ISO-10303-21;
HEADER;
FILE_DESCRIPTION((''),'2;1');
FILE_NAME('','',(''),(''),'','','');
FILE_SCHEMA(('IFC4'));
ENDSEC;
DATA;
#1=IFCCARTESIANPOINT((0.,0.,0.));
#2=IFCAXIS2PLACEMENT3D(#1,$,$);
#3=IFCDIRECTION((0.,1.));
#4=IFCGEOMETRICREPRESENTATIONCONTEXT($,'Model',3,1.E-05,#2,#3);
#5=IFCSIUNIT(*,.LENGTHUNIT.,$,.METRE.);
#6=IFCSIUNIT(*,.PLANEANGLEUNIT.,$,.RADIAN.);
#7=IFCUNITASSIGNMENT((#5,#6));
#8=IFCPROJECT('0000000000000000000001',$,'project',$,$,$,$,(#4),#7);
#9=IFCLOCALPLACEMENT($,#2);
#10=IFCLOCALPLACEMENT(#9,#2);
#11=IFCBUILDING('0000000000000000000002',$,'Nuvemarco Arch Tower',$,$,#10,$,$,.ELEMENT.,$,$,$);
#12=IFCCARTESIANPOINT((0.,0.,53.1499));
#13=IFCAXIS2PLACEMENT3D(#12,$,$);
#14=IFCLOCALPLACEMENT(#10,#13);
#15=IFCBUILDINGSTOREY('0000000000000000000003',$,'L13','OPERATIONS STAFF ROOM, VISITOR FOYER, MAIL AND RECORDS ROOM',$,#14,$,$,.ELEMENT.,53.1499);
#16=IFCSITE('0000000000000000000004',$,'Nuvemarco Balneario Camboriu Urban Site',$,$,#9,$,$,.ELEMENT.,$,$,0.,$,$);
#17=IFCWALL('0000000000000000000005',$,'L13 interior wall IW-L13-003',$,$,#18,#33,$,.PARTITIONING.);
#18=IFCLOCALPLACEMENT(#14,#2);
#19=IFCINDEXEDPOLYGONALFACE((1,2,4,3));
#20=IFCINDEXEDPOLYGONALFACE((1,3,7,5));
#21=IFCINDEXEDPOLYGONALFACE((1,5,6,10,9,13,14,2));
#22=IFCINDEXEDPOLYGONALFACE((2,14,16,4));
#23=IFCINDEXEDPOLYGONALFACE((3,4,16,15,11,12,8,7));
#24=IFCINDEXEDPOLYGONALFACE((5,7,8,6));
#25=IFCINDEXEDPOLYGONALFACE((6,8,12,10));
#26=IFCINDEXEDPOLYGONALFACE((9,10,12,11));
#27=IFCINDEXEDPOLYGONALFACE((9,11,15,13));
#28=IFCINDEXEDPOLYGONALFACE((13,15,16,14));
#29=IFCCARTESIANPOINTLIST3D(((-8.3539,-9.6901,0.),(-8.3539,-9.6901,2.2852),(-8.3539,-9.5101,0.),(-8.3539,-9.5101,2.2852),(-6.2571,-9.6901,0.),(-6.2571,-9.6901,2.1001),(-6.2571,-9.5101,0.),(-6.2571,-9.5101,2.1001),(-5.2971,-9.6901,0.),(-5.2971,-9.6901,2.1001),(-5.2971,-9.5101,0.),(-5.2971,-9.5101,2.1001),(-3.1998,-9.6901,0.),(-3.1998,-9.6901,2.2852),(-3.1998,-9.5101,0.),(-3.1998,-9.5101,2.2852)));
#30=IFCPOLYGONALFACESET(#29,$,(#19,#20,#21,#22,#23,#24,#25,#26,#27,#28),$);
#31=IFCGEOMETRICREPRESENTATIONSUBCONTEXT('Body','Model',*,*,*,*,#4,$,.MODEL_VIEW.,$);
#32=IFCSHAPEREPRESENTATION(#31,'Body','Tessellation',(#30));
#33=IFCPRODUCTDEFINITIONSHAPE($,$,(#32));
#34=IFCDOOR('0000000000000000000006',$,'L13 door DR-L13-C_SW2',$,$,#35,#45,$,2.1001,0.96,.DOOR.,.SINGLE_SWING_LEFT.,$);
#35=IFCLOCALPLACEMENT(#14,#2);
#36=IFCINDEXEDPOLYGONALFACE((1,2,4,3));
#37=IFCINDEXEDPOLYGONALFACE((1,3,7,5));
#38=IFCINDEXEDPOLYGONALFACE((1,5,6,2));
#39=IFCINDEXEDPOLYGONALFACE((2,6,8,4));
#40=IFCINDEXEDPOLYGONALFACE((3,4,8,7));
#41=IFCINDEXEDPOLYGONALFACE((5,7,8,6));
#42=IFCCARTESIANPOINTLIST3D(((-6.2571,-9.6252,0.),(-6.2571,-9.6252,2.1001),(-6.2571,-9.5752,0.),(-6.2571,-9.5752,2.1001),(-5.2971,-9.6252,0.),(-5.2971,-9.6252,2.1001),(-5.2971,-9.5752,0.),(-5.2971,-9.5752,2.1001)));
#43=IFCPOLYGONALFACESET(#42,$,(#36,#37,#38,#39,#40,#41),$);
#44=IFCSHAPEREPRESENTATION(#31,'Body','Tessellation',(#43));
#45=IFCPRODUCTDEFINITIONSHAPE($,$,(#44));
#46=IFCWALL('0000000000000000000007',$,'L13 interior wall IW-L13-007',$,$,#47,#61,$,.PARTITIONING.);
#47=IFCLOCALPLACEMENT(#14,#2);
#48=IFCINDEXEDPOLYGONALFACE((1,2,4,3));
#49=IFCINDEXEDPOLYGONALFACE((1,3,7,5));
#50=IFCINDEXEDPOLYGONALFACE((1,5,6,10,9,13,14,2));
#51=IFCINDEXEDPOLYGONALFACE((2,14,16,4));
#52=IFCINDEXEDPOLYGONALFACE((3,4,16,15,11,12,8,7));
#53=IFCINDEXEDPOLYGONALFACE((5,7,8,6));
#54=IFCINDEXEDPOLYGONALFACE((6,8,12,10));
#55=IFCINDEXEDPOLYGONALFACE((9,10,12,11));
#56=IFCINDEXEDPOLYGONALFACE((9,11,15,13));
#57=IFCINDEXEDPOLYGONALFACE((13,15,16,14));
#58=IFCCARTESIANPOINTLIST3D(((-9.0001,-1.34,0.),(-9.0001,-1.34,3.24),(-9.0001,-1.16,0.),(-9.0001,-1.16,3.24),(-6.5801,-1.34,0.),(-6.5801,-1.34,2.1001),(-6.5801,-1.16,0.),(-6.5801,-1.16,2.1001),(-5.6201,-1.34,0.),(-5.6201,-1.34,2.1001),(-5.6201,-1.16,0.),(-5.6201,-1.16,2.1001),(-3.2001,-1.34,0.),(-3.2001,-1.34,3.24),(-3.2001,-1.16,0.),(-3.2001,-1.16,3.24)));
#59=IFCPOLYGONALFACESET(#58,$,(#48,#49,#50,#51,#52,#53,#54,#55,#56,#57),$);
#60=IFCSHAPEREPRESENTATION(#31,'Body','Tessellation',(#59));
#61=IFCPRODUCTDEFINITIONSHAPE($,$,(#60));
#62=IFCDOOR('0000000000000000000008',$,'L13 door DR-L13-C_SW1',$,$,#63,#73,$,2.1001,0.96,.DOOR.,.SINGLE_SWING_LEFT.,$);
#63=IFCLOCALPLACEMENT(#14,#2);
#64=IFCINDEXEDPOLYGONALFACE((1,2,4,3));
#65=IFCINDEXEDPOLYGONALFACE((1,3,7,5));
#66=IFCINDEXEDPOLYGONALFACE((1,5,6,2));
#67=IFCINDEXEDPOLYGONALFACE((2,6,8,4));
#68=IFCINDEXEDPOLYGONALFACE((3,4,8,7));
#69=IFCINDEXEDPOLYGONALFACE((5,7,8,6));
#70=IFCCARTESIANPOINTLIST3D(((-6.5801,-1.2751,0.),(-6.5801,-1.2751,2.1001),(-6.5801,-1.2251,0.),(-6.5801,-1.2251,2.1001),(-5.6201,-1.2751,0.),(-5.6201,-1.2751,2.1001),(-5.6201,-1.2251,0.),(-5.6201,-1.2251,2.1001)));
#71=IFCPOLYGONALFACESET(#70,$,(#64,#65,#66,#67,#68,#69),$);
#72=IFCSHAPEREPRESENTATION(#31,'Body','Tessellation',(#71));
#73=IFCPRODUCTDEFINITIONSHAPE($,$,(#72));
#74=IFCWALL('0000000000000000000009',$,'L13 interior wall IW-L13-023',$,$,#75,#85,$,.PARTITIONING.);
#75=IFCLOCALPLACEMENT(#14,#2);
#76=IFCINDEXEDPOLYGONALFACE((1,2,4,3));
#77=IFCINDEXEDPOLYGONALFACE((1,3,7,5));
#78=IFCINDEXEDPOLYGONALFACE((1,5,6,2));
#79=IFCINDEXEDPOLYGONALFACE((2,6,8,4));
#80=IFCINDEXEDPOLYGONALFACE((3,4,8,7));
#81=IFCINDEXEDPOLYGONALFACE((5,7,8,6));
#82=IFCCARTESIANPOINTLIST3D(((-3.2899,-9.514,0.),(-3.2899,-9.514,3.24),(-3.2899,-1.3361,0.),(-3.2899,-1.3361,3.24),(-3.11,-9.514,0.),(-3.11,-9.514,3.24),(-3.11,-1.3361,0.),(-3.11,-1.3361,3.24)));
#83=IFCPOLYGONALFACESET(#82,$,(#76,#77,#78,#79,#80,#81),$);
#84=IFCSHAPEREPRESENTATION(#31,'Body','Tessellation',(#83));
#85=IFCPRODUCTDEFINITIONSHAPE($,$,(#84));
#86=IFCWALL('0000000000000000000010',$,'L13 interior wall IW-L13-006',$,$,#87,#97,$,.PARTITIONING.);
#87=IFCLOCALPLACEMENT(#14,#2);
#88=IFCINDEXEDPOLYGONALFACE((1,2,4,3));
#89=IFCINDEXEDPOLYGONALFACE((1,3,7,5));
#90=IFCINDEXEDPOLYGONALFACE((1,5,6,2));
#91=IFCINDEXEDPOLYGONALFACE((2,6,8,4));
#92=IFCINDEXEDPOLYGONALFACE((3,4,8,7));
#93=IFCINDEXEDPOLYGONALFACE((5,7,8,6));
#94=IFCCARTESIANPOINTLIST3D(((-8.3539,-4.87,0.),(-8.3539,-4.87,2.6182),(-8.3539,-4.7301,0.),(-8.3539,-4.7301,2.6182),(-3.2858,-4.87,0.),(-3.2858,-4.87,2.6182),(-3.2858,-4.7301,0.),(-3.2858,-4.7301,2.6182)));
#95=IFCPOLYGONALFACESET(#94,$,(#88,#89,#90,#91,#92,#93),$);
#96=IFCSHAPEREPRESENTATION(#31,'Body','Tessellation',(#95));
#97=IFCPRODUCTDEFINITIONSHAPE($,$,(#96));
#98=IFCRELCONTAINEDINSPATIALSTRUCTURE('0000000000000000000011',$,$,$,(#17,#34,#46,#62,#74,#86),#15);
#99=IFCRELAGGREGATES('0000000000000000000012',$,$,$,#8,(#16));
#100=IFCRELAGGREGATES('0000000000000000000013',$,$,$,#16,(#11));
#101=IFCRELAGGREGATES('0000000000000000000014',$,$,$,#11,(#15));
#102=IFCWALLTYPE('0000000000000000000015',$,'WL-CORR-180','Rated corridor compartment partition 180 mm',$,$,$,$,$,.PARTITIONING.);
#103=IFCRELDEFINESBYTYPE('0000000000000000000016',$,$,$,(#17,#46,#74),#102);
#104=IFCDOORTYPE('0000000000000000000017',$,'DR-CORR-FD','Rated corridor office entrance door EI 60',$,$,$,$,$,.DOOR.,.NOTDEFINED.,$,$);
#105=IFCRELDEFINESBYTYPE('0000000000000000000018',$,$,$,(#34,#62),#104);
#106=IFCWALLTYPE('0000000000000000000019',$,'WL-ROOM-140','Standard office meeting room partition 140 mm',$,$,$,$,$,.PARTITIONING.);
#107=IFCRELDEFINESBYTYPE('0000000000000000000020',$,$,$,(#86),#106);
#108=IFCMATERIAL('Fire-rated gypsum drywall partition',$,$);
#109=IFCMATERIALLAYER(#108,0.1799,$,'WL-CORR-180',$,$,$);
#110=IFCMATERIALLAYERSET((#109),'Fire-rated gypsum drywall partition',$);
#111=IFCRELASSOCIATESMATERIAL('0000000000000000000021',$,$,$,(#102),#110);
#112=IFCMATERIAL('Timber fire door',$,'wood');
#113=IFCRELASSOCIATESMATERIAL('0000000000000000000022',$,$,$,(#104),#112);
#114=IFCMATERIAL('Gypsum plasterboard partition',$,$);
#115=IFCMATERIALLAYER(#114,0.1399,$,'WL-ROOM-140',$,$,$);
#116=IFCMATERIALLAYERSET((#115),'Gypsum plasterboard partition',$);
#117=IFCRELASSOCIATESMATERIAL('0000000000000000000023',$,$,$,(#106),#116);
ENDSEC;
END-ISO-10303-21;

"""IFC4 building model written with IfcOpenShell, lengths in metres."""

from ifc_helpers import new_model, si_unit, direction, frame, frame_2d, origin, place, context, subcontext, project, spatial, rectangle, extrude, source, transform, mapped, material, layer, layer_set, type_object, type_shapes, element, fill, save


model = new_model("IFC4")

# Units and contexts
model_context = context("Model", 3, precision=1e-05, world=origin(), true_north=direction((0.0, 1.0)))
body_context = subcontext(model_context, "Body", "Model", "MODEL_VIEW")
ifc_project = project(units=[si_unit("LENGTHUNIT", "METRE"), si_unit("PLANEANGLEUNIT", "RADIAN")], contexts=[model_context])

# Site, building, storey
site_placement = place(None, origin())
site = spatial("IfcSite", under=ifc_project, at=site_placement, Name="Nuvemarco Balneario Camboriu Urban Site", CompositionType="ELEMENT", RefElevation=0.0)
building_placement = place(site_placement, origin())
building = spatial("IfcBuilding", under=site, at=building_placement, Name="Nuvemarco Arch Tower", CompositionType="ELEMENT")
storey_placement = place(building_placement, frame((0.0, 0.0, 53.1499)))
storey = spatial("IfcBuildingStorey", under=building, at=storey_placement, Name="L13", Description="OPERATIONS STAFF ROOM, VISITOR FOYER, MAIL AND RECORDS ROOM", CompositionType="ELEMENT", Elevation=53.1499)

# Walls, openings, doors
ifc_material_1 = material(Name="Fire-rated gypsum drywall partition")
ifc_layer_1 = layer(ifc_material_1, 0.1799, Name="WL-CORR-180")
ifc_layer_set_1 = layer_set([ifc_layer_1], Name="Fire-rated gypsum drywall partition")
wall_type_1 = type_object("IfcWallType", Name="WL-CORR-180", Description="Rated corridor compartment partition 180 mm", PredefinedType="PARTITIONING", material=ifc_layer_set_1)
wall_1_placement = place(storey_placement, frame((-8.354, -9.6001, 0.0), z_axis=(0.0, 0.0, 1.0), x_axis=(1.0, 0.0, 0.0)))
wall_1 = element("IfcWall", 1, at=wall_1_placement, inside=storey, type_object=wall_type_1, Name="L13 interior wall IW-L13-003", PredefinedType="PARTITIONING", context=body_context, shape_type="SweptSolid", body=[
    extrude(rectangle(XDim=5.1541, YDim=0.1799, at=frame_2d((2.5771, 0.0))), origin(), (0.0, 0.0, 1.0), 2.2852),
])
opening_1_placement = place(wall_1_placement, frame((2.0969, 0.0, 0.0)))
opening_1 = element("IfcOpeningElement", 2, at=opening_1_placement, cuts=wall_1, PredefinedType="OPENING", context=body_context, shape_type="SweptSolid", body=[
    extrude(rectangle(XDim=0.96, YDim=2.1001, at=frame_2d((0.48, 1.05))), frame((0.0, 0.0999, 0.0), z_axis=(0.0, -1.0, 0.0), x_axis=(1.0, 0.0, 0.0)), (0.0, 0.0, 1.0), 0.2),
])
ifc_material_2 = material(Name="Timber fire door", Category="wood")
door_type = type_object("IfcDoorType", Name="DR-CORR-FD", Description="Rated corridor office entrance door EI 60", OperationType="NOTDEFINED", PredefinedType="DOOR", material=ifc_material_2)
shared_shape = source(origin(), body_context, "Body", "SweptSolid", [
    extrude(rectangle(XDim=0.96, YDim=2.1001, at=frame_2d((0.48, 1.05))), frame((0.0, 0.0249, 0.0), z_axis=(0.0, -1.0, 0.0), x_axis=(1.0, 0.0, 0.0)), (0.0, 0.0, 1.0), 0.05),
])
type_shapes(door_type, [shared_shape])
door_1_placement = place(opening_1_placement, origin())
door_1 = element("IfcDoor", 3, at=door_1_placement, inside=storey, type_object=door_type, Name="L13 door DR-L13-C_SW2", OperationType="SINGLE_SWING_LEFT", OverallHeight=2.1001, OverallWidth=0.96, PredefinedType="DOOR", context=body_context, shape_type="MappedRepresentation", body=[
    mapped(shared_shape, transform((0.0, 0.0, 0.0), scale=1.0)),
])
fill(opening_1, door_1)
wall_2_placement = place(storey_placement, frame((-9.0, -1.25, 0.0), z_axis=(0.0, 0.0, 1.0), x_axis=(1.0, 0.0, 0.0)))
wall_2 = element("IfcWall", 4, at=wall_2_placement, inside=storey, type_object=wall_type_1, Name="L13 interior wall IW-L13-007", PredefinedType="PARTITIONING", context=body_context, shape_type="SweptSolid", body=[
    extrude(rectangle(XDim=5.8, YDim=0.1799, at=frame_2d((2.8999, 0.0))), origin(), (0.0, 0.0, 1.0), 3.24),
])
opening_2_placement = place(wall_2_placement, frame((2.4199, 0.0, 0.0)))
opening_2 = element("IfcOpeningElement", 5, at=opening_2_placement, cuts=wall_2, PredefinedType="OPENING", context=body_context, shape_type="SweptSolid", body=[
    extrude(rectangle(XDim=0.96, YDim=2.1001, at=frame_2d((0.48, 1.05))), frame((0.0, 0.0999, 0.0), z_axis=(0.0, -1.0, 0.0), x_axis=(1.0, 0.0, 0.0)), (0.0, 0.0, 1.0), 0.2),
])
door_2_placement = place(opening_2_placement, origin())
door_2 = element("IfcDoor", 6, at=door_2_placement, inside=storey, type_object=door_type, Name="L13 door DR-L13-C_SW1", OperationType="SINGLE_SWING_LEFT", OverallHeight=2.1001, OverallWidth=0.96, PredefinedType="DOOR", context=body_context, shape_type="MappedRepresentation", body=[
    mapped(shared_shape, transform((0.0, 0.0, 0.0), scale=1.0)),
])
fill(opening_2, door_2)

# Walls
wall_3_placement = place(storey_placement, frame((-3.2, -9.5139, 0.0), z_axis=(0.0, 0.0, 1.0), x_axis=(0.0, 1.0, 0.0)))
element("IfcWall", 7, at=wall_3_placement, inside=storey, type_object=wall_type_1, Name="L13 interior wall IW-L13-023", PredefinedType="PARTITIONING", context=body_context, shape_type="SweptSolid", body=[
    extrude(rectangle(XDim=8.178, YDim=0.1799, at=frame_2d((4.0889, 0.0))), origin(), (0.0, 0.0, 1.0), 3.24),
])
ifc_material_3 = material(Name="Gypsum plasterboard partition")
ifc_layer_2 = layer(ifc_material_3, 0.1399, Name="WL-ROOM-140")
ifc_layer_set_2 = layer_set([ifc_layer_2], Name="Gypsum plasterboard partition")
wall_type_2 = type_object("IfcWallType", Name="WL-ROOM-140", Description="Standard office meeting room partition 140 mm", PredefinedType="PARTITIONING", material=ifc_layer_set_2)
wall_4_placement = place(storey_placement, frame((-8.354, -4.8, 0.0), z_axis=(0.0, 0.0, 1.0), x_axis=(1.0, 0.0, 0.0)))
element("IfcWall", 8, at=wall_4_placement, inside=storey, type_object=wall_type_2, Name="L13 interior wall IW-L13-006", PredefinedType="PARTITIONING", context=body_context, shape_type="SweptSolid", body=[
    extrude(rectangle(XDim=5.0681, YDim=0.1399, at=frame_2d((2.5342, 0.0))), origin(), (0.0, 0.0, 1.0), 2.6182),
])

save(model, "model.ifc")
